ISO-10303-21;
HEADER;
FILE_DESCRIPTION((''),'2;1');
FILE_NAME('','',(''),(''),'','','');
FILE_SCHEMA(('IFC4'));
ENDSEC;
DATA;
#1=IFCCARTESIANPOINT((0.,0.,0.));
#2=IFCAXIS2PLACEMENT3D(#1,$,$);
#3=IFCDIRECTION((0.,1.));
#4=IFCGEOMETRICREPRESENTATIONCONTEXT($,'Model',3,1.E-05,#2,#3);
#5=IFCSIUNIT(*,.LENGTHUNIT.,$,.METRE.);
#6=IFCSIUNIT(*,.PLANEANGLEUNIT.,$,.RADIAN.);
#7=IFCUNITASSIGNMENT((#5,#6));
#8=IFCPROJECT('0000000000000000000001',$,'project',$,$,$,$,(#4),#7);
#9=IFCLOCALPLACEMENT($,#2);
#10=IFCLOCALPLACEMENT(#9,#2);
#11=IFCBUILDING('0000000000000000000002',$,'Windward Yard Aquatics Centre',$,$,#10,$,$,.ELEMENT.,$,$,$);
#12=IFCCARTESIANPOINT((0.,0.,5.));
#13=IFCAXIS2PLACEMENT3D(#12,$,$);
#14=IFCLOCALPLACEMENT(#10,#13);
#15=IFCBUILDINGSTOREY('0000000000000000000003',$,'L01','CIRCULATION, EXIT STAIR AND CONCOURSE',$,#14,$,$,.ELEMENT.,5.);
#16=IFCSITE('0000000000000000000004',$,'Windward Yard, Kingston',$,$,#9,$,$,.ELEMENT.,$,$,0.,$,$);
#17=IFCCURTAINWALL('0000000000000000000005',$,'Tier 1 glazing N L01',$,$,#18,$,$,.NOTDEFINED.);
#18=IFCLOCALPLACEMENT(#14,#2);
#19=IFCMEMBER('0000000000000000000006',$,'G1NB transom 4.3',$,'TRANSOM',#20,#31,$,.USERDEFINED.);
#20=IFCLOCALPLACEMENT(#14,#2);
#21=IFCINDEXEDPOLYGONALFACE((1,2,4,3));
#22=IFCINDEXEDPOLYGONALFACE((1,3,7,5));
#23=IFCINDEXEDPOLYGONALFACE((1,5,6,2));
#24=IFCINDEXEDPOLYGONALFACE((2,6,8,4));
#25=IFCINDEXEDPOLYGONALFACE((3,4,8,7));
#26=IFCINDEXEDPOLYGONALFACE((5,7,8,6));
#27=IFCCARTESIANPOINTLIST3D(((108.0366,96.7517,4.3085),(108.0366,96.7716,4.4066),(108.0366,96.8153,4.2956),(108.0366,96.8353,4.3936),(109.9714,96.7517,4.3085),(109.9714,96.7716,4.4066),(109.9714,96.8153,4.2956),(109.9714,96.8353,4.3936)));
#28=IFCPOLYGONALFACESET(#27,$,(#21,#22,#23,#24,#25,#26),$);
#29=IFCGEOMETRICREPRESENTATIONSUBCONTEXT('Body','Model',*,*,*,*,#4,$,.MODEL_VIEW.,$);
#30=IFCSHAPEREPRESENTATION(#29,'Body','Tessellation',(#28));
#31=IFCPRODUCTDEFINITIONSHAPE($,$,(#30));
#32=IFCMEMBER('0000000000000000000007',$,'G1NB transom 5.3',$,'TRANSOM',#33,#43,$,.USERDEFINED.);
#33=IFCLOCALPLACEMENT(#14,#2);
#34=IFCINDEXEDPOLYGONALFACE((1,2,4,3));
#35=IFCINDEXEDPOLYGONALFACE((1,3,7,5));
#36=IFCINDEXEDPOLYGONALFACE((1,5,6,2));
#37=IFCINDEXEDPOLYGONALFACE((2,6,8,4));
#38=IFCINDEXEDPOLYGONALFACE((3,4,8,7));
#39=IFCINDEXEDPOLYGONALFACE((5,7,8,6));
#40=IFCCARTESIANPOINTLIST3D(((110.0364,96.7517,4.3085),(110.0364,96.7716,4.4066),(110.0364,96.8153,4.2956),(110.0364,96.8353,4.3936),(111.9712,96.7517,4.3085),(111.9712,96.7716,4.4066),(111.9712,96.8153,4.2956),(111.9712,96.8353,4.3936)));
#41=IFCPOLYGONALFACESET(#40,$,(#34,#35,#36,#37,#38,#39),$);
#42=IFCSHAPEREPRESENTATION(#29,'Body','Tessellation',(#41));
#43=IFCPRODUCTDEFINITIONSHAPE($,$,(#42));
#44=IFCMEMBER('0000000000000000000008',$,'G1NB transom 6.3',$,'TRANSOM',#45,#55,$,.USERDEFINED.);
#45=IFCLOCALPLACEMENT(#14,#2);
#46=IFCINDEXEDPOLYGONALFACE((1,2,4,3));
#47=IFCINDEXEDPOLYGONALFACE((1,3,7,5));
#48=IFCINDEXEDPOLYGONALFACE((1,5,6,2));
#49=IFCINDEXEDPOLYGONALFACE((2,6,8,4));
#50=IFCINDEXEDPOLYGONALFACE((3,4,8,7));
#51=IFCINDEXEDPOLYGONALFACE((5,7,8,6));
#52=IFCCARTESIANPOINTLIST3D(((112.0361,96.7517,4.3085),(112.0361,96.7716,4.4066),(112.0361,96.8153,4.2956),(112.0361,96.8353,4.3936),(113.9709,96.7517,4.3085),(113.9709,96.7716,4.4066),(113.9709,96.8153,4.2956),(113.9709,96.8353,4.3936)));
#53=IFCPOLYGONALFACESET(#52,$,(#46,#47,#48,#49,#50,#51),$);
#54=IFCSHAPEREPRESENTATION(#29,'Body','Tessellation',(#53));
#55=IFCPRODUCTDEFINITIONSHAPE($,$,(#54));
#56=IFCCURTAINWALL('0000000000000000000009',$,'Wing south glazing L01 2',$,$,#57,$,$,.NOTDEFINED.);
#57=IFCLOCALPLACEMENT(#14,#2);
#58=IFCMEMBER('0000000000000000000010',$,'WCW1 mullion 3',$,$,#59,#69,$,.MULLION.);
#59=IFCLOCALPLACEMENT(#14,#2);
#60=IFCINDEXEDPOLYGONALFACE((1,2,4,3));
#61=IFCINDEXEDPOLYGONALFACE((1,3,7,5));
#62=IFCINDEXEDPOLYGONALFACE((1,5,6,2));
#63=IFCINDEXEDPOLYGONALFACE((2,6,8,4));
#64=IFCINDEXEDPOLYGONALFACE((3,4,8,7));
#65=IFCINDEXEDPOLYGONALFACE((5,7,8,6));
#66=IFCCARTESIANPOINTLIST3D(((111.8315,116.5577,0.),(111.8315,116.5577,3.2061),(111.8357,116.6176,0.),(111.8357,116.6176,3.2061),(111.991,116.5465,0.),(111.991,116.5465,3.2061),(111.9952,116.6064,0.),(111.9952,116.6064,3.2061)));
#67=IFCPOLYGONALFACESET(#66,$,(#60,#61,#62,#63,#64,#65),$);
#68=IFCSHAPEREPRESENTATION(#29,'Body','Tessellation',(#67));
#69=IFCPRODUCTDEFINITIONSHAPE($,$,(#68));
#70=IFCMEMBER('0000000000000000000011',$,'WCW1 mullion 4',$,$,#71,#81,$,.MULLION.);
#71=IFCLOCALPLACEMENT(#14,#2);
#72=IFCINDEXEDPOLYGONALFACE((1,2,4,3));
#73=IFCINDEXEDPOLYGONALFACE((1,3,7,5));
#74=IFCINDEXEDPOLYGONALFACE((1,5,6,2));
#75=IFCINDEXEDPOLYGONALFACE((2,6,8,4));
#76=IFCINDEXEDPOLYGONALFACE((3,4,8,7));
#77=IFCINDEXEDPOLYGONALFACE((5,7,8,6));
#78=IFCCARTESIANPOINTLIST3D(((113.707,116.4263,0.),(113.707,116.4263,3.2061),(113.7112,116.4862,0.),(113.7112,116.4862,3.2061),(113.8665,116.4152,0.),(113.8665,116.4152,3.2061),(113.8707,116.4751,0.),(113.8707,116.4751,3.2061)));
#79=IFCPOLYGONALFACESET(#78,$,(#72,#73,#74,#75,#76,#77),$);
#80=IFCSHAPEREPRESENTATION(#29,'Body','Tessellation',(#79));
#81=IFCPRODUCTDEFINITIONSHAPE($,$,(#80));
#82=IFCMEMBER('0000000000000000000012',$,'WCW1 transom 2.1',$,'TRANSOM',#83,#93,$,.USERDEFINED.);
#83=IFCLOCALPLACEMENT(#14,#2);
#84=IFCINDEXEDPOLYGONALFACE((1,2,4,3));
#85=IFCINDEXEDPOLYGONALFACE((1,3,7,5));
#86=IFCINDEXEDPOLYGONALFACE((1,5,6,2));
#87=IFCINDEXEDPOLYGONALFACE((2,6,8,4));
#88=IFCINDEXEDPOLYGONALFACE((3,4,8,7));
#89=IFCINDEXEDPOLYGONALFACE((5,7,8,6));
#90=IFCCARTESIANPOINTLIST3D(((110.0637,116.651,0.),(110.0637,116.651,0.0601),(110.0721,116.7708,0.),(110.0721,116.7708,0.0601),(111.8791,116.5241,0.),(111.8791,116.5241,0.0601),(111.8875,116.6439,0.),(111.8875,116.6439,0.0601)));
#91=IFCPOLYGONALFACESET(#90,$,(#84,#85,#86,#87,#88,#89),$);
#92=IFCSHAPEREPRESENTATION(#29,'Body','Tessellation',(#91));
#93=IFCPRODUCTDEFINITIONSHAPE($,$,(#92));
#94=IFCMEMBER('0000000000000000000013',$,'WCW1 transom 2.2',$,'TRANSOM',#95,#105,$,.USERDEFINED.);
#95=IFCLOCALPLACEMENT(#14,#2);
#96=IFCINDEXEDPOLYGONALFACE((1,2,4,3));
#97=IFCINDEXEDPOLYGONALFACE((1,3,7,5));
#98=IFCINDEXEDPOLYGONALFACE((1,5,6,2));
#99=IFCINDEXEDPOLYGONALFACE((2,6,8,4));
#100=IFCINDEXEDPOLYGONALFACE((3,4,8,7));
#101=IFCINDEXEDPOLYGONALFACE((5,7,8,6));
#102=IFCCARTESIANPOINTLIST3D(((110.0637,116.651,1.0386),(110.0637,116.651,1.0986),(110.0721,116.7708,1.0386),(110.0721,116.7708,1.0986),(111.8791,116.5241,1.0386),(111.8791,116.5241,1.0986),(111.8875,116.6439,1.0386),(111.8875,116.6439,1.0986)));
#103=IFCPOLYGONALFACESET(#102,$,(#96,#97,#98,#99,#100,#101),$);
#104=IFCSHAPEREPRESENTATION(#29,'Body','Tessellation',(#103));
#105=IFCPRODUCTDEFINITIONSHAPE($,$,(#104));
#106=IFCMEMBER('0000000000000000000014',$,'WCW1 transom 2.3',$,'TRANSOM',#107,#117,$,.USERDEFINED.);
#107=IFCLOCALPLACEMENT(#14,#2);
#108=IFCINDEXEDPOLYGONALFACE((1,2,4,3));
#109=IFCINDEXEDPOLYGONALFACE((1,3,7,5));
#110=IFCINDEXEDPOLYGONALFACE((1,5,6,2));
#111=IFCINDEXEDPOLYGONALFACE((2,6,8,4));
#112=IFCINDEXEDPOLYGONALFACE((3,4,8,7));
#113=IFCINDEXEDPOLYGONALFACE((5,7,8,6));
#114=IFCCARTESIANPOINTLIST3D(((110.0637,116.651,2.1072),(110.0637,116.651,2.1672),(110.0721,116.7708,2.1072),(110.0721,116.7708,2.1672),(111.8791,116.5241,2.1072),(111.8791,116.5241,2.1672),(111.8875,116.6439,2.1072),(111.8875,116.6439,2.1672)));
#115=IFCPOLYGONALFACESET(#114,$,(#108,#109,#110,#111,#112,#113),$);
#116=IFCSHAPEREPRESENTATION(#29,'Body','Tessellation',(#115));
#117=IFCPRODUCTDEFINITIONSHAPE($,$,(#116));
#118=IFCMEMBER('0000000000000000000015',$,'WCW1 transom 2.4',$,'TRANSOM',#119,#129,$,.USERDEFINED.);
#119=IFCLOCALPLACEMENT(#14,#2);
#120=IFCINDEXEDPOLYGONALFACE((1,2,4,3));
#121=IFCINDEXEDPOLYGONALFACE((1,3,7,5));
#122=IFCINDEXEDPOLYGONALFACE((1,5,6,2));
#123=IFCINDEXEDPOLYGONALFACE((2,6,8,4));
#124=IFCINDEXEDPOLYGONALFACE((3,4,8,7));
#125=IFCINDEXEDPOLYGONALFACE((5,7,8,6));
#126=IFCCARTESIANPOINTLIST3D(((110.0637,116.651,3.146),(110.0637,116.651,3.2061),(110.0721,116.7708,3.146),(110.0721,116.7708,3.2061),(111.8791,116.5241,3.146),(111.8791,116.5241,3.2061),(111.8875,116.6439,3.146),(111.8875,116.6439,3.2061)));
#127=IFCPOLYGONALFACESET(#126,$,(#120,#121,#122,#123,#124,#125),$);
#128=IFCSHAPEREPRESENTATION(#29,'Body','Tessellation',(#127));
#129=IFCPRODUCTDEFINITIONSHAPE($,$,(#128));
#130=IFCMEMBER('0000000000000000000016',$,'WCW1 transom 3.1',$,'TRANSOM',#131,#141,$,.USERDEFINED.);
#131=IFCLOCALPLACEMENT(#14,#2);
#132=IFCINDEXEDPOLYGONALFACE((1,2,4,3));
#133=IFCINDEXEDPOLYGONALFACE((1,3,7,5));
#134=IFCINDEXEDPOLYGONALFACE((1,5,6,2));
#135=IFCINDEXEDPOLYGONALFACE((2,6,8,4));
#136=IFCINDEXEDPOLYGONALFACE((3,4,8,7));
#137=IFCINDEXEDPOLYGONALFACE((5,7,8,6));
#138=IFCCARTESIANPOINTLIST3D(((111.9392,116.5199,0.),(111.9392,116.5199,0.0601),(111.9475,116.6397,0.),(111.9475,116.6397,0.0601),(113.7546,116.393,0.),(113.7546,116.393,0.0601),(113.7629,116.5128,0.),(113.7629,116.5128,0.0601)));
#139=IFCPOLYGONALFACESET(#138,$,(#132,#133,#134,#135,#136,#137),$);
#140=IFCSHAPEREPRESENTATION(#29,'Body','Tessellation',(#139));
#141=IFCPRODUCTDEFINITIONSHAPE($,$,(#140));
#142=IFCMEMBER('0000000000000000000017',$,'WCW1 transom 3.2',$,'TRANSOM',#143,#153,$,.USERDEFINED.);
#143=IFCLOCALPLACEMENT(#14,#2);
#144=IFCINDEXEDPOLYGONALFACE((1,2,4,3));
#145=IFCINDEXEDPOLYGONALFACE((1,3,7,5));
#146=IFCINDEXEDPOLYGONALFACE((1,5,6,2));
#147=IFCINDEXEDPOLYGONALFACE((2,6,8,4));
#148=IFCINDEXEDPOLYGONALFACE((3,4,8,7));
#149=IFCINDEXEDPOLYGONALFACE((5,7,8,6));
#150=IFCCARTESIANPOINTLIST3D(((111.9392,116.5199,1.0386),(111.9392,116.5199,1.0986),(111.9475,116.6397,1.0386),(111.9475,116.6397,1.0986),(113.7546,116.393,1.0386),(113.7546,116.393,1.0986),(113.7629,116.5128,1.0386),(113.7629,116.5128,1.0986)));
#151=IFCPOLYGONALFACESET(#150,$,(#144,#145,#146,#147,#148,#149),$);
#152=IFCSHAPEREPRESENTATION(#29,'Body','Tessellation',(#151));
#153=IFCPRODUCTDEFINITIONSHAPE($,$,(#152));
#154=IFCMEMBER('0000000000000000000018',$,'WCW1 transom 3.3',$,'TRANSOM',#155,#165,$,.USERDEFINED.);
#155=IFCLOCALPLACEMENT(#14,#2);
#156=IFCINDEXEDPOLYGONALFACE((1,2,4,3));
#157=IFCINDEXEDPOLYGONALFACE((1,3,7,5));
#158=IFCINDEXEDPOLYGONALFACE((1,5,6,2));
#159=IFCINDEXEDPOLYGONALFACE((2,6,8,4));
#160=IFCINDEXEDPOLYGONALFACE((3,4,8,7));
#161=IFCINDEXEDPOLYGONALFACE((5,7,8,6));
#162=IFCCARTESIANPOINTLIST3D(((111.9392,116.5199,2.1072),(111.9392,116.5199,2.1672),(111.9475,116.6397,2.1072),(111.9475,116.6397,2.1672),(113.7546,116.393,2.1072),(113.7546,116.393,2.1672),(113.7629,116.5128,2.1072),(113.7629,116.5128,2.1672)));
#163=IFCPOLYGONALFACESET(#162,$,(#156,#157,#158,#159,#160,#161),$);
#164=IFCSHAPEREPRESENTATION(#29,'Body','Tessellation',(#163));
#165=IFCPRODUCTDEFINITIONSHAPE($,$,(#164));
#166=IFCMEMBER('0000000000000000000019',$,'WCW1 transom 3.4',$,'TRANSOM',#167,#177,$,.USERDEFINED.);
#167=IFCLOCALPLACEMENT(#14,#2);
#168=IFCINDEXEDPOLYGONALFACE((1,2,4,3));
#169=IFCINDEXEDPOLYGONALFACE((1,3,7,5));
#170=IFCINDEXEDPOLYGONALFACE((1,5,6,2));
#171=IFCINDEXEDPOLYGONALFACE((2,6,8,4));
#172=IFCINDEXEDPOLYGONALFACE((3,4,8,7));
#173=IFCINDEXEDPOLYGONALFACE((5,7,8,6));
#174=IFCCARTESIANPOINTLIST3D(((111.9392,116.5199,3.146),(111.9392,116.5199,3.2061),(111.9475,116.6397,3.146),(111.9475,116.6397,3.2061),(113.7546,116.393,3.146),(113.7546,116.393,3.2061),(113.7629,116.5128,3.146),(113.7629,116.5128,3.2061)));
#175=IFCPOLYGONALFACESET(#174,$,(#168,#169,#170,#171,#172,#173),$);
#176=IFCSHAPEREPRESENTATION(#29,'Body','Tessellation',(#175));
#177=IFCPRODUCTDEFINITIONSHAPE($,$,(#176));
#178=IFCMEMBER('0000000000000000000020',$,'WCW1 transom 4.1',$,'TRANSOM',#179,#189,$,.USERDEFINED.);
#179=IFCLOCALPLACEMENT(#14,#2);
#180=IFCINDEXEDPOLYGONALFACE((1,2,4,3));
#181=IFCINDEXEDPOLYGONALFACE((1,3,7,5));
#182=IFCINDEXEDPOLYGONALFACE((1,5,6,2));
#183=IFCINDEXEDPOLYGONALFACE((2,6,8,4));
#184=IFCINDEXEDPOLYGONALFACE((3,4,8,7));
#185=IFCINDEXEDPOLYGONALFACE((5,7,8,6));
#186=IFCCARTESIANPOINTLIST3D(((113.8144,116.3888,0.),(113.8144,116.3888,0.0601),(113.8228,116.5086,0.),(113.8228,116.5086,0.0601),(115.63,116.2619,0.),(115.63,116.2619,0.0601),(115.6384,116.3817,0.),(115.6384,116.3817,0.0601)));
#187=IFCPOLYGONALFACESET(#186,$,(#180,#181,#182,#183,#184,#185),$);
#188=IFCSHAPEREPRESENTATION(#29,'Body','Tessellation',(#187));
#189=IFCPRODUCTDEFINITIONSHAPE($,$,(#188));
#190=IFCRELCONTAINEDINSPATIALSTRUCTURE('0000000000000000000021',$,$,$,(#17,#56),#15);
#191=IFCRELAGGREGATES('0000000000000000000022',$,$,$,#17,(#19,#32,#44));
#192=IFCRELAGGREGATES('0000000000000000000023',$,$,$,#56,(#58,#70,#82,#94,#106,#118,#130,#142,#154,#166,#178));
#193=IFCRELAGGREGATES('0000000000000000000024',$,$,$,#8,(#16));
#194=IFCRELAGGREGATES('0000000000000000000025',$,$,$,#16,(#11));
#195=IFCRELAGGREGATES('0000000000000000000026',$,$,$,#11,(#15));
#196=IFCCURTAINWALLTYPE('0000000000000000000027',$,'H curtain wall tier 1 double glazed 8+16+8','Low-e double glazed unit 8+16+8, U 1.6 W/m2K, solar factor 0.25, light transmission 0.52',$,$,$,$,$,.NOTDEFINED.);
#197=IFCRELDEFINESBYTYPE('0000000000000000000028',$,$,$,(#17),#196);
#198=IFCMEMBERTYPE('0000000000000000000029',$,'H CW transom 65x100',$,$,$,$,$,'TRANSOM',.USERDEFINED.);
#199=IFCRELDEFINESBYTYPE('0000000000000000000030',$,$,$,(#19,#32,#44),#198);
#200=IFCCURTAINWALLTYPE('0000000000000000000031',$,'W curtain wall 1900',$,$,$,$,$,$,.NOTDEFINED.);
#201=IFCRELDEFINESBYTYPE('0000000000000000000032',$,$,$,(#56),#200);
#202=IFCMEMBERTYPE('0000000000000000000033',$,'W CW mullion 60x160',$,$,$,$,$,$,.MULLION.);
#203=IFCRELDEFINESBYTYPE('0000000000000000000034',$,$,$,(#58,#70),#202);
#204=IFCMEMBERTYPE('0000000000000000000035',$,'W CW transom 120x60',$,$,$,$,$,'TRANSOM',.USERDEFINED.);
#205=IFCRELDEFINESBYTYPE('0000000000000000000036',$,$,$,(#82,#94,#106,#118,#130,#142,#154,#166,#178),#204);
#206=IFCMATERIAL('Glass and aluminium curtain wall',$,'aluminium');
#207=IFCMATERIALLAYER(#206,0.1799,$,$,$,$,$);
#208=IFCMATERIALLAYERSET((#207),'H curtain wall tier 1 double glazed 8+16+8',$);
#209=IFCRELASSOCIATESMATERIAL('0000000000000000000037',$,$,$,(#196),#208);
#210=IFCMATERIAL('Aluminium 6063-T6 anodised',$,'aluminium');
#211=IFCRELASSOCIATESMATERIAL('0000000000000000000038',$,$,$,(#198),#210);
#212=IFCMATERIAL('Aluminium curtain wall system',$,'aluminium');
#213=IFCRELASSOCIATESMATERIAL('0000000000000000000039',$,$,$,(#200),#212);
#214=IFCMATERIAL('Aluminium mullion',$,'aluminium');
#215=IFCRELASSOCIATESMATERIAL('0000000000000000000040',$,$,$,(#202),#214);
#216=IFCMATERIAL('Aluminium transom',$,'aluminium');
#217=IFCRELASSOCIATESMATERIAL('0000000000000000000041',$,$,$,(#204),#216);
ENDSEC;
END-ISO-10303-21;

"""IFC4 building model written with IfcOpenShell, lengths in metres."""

from ifc_helpers import new_model, si_unit, direction, frame, origin, origin_2d, place, context, subcontext, project, spatial, rectangle, extrude, material, layer, layer_set, material_profile, profile_set, type_object, element, aggregate, save


model = new_model("IFC4")

# Units and contexts
model_context = context("Model", 3, precision=1e-05, world=origin(), true_north=direction((0.0, 1.0)))
body_context = subcontext(model_context, "Body", "Model", "MODEL_VIEW")
ifc_project = project(units=[si_unit("LENGTHUNIT", "METRE"), si_unit("PLANEANGLEUNIT", "RADIAN")], contexts=[model_context])

# Site, building, storey
site_placement = place(None, origin())
site = spatial("IfcSite", under=ifc_project, at=site_placement, Name="Windward Yard, Kingston", CompositionType="ELEMENT", RefElevation=0.0)
building_placement = place(site_placement, origin())
building = spatial("IfcBuilding", under=site, at=building_placement, Name="Windward Yard Aquatics Centre", CompositionType="ELEMENT")
storey_placement = place(building_placement, frame((0.0, 0.0, 5.0)))
storey = spatial("IfcBuildingStorey", under=building, at=storey_placement, Name="L01", Description="CIRCULATION, EXIT STAIR AND CONCOURSE", CompositionType="ELEMENT", Elevation=5.0)

# Curtain wall, members
ifc_material_1 = material(Name="Glass and aluminium curtain wall", Category="aluminium")
ifc_layer_1 = layer(ifc_material_1, 0.1799)
ifc_layer_set_1 = layer_set([ifc_layer_1], Name="H curtain wall tier 1 double glazed 8+16+8")
curtain_wall_type_1 = type_object("IfcCurtainWallType", Name="H curtain wall tier 1 double glazed 8+16+8", Description="Low-e double glazed unit 8+16+8, U 1.6 W/m2K, solar factor 0.25, light transmission 0.52", PredefinedType="NOTDEFINED", material=ifc_layer_set_1)
curtain_wall_1_placement = place(storey_placement, origin())
curtain_wall_1 = element("IfcCurtainWall", 1, at=curtain_wall_1_placement, inside=storey, type_object=curtain_wall_type_1, Name="Tier 1 glazing N L01", PredefinedType="NOTDEFINED")
ifc_material_2 = material(Name="Aluminium 6063-T6 anodised", Category="aluminium")
ifc_material_profile_1 = material_profile(ifc_material_2, rectangle(XDim=0.0649, YDim=0.1001, at=origin_2d()), Name="H CW transom 65x100")
ifc_profile_set_1 = profile_set([ifc_material_profile_1], Name="Aluminium 6063-T6 anodised")
member_type_1 = type_object("IfcMemberType", Name="H CW transom 65x100", ElementType="TRANSOM", PredefinedType="USERDEFINED", material=ifc_profile_set_1)
member_1_placement = place(storey_placement, frame((108.0366, 96.7935, 4.3511), z_axis=(1.0, 0.0, 0.0), x_axis=(0.0, -0.979925, 0.199368)))
member_1 = element("IfcMember", 2, at=member_1_placement, type_object=member_type_1, Name="G1NB transom 4.3", ObjectType="TRANSOM", PredefinedType="USERDEFINED", context=body_context, shape_type="SweptSolid", body=[
    extrude(rectangle(XDim=0.0649, YDim=0.1001, at=origin_2d()), origin(), (0.0, 0.0, 1.0), 1.9348),
])
member_2_placement = place(storey_placement, frame((110.0364, 96.7935, 4.3511), z_axis=(1.0, 0.0, 0.0), x_axis=(0.0, -0.979925, 0.199368)))
member_2 = element("IfcMember", 3, at=member_2_placement, type_object=member_type_1, Name="G1NB transom 5.3", ObjectType="TRANSOM", PredefinedType="USERDEFINED", context=body_context, shape_type="SweptSolid", body=[
    extrude(rectangle(XDim=0.0649, YDim=0.1001, at=origin_2d()), origin(), (0.0, 0.0, 1.0), 1.9348),
])
member_3_placement = place(storey_placement, frame((112.0361, 96.7935, 4.3511), z_axis=(1.0, 0.0, 0.0), x_axis=(0.0, -0.979925, 0.199368)))
member_3 = element("IfcMember", 4, at=member_3_placement, type_object=member_type_1, Name="G1NB transom 6.3", ObjectType="TRANSOM", PredefinedType="USERDEFINED", context=body_context, shape_type="SweptSolid", body=[
    extrude(rectangle(XDim=0.0649, YDim=0.1001, at=origin_2d()), origin(), (0.0, 0.0, 1.0), 1.9348),
])
aggregate(curtain_wall_1, [member_1, member_2, member_3])

# Curtain wall, members
ifc_material_3 = material(Name="Aluminium curtain wall system", Category="aluminium")
curtain_wall_type_2 = type_object("IfcCurtainWallType", Name="W curtain wall 1900", PredefinedType="NOTDEFINED", material=ifc_material_3)
curtain_wall_2_placement = place(storey_placement, origin())
curtain_wall_2 = element("IfcCurtainWall", 5, at=curtain_wall_2_placement, inside=storey, type_object=curtain_wall_type_2, Name="Wing south glazing L01 2", PredefinedType="NOTDEFINED")
ifc_material_4 = material(Name="Aluminium mullion", Category="aluminium")
ifc_material_profile_2 = material_profile(ifc_material_4, rectangle(XDim=0.0601, YDim=0.1599, at=origin_2d()), Name="AL 60x160")
ifc_profile_set_2 = profile_set([ifc_material_profile_2], Name="Aluminium mullion")
member_type_2 = type_object("IfcMemberType", Name="W CW mullion 60x160", PredefinedType="MULLION", material=ifc_profile_set_2)
member_4_placement = place(storey_placement, frame((111.9133, 116.582, 0.0), z_axis=(0.0, 0.0, 1.0), x_axis=(0.069755, 0.997564, 0.0)))
member_4 = element("IfcMember", 6, at=member_4_placement, type_object=member_type_2, Name="WCW1 mullion 3", PredefinedType="MULLION", context=body_context, shape_type="SweptSolid", body=[
    extrude(rectangle(XDim=0.0601, YDim=0.1599, at=origin_2d()), origin(), (0.0, 0.0, 1.0), 3.2061),
])
member_5_placement = place(storey_placement, frame((113.7888, 116.4507, 0.0), z_axis=(0.0, 0.0, 1.0), x_axis=(0.069755, 0.997564, 0.0)))
member_5 = element("IfcMember", 7, at=member_5_placement, type_object=member_type_2, Name="WCW1 mullion 4", PredefinedType="MULLION", context=body_context, shape_type="SweptSolid", body=[
    extrude(rectangle(XDim=0.0601, YDim=0.1599, at=origin_2d()), origin(), (0.0, 0.0, 1.0), 3.2061),
])
ifc_material_5 = material(Name="Aluminium transom", Category="aluminium")
ifc_material_profile_3 = material_profile(ifc_material_5, rectangle(XDim=0.1201, YDim=0.0601, at=origin_2d()), Name="AL 120x60")
ifc_profile_set_3 = profile_set([ifc_material_profile_3], Name="Aluminium transom")
member_type_3 = type_object("IfcMemberType", Name="W CW transom 120x60", ElementType="TRANSOM", PredefinedType="USERDEFINED", material=ifc_profile_set_3)
member_6_placement = place(storey_placement, frame((110.0679, 116.7109, 0.03), z_axis=(0.997564, -0.06976, 0.0), x_axis=(0.06976, 0.997564, 0.0)))
member_6 = element("IfcMember", 8, at=member_6_placement, type_object=member_type_3, Name="WCW1 transom 2.1", ObjectType="TRANSOM", PredefinedType="USERDEFINED", context=body_context, shape_type="SweptSolid", body=[
    extrude(rectangle(XDim=0.1201, YDim=0.0601, at=origin_2d()), origin(), (0.0, 0.0, 1.0), 1.8198),
])
member_7_placement = place(storey_placement, frame((110.0679, 116.7109, 1.0686), z_axis=(0.997564, -0.06976, 0.0), x_axis=(0.06976, 0.997564, 0.0)))
member_7 = element("IfcMember", 9, at=member_7_placement, type_object=member_type_3, Name="WCW1 transom 2.2", ObjectType="TRANSOM", PredefinedType="USERDEFINED", context=body_context, shape_type="SweptSolid", body=[
    extrude(rectangle(XDim=0.1201, YDim=0.0601, at=origin_2d()), origin(), (0.0, 0.0, 1.0), 1.8198),
])
member_8_placement = place(storey_placement, frame((110.0679, 116.7109, 2.1372), z_axis=(0.997564, -0.06976, 0.0), x_axis=(0.06976, 0.997564, 0.0)))
member_8 = element("IfcMember", 10, at=member_8_placement, type_object=member_type_3, Name="WCW1 transom 2.3", ObjectType="TRANSOM", PredefinedType="USERDEFINED", context=body_context, shape_type="SweptSolid", body=[
    extrude(rectangle(XDim=0.1201, YDim=0.0601, at=origin_2d()), origin(), (0.0, 0.0, 1.0), 1.8198),
])
member_9_placement = place(storey_placement, frame((110.0679, 116.7109, 3.176), z_axis=(0.997564, -0.06976, 0.0), x_axis=(0.06976, 0.997564, 0.0)))
member_9 = element("IfcMember", 11, at=member_9_placement, type_object=member_type_3, Name="WCW1 transom 2.4", ObjectType="TRANSOM", PredefinedType="USERDEFINED", context=body_context, shape_type="SweptSolid", body=[
    extrude(rectangle(XDim=0.1201, YDim=0.0601, at=origin_2d()), origin(), (0.0, 0.0, 1.0), 1.8198),
])
member_10_placement = place(storey_placement, frame((111.9434, 116.5798, 0.03), z_axis=(0.997564, -0.06976, 0.0), x_axis=(0.06976, 0.997564, 0.0)))
member_10 = element("IfcMember", 12, at=member_10_placement, type_object=member_type_3, Name="WCW1 transom 3.1", ObjectType="TRANSOM", PredefinedType="USERDEFINED", context=body_context, shape_type="SweptSolid", body=[
    extrude(rectangle(XDim=0.1201, YDim=0.0601, at=origin_2d()), origin(), (0.0, 0.0, 1.0), 1.8198),
])
member_11_placement = place(storey_placement, frame((111.9434, 116.5798, 1.0686), z_axis=(0.997564, -0.06976, 0.0), x_axis=(0.06976, 0.997564, 0.0)))
member_11 = element("IfcMember", 13, at=member_11_placement, type_object=member_type_3, Name="WCW1 transom 3.2", ObjectType="TRANSOM", PredefinedType="USERDEFINED", context=body_context, shape_type="SweptSolid", body=[
    extrude(rectangle(XDim=0.1201, YDim=0.0601, at=origin_2d()), origin(), (0.0, 0.0, 1.0), 1.8198),
])
member_12_placement = place(storey_placement, frame((111.9434, 116.5798, 2.1372), z_axis=(0.997564, -0.06976, 0.0), x_axis=(0.06976, 0.997564, 0.0)))
member_12 = element("IfcMember", 14, at=member_12_placement, type_object=member_type_3, Name="WCW1 transom 3.3", ObjectType="TRANSOM", PredefinedType="USERDEFINED", context=body_context, shape_type="SweptSolid", body=[
    extrude(rectangle(XDim=0.1201, YDim=0.0601, at=origin_2d()), origin(), (0.0, 0.0, 1.0), 1.8198),
])
member_13_placement = place(storey_placement, frame((111.9434, 116.5798, 3.176), z_axis=(0.997564, -0.06976, 0.0), x_axis=(0.06976, 0.997564, 0.0)))
member_13 = element("IfcMember", 15, at=member_13_placement, type_object=member_type_3, Name="WCW1 transom 3.4", ObjectType="TRANSOM", PredefinedType="USERDEFINED", context=body_context, shape_type="SweptSolid", body=[
    extrude(rectangle(XDim=0.1201, YDim=0.0601, at=origin_2d()), origin(), (0.0, 0.0, 1.0), 1.8198),
])
member_14_placement = place(storey_placement, frame((113.8186, 116.4487, 0.03), z_axis=(0.997564, -0.06975, 0.0), x_axis=(0.06975, 0.997564, 0.0)))
member_14 = element("IfcMember", 16, at=member_14_placement, type_object=member_type_3, Name="WCW1 transom 4.1", ObjectType="TRANSOM", PredefinedType="USERDEFINED", context=body_context, shape_type="SweptSolid", body=[
    extrude(rectangle(XDim=0.1201, YDim=0.0601, at=origin_2d()), origin(), (0.0, 0.0, 1.0), 1.8201),
])
aggregate(curtain_wall_2, [member_4, member_5, member_6, member_7, member_8, member_9, member_10, member_11, member_12, member_13, member_14])

save(model, "model.ifc")
